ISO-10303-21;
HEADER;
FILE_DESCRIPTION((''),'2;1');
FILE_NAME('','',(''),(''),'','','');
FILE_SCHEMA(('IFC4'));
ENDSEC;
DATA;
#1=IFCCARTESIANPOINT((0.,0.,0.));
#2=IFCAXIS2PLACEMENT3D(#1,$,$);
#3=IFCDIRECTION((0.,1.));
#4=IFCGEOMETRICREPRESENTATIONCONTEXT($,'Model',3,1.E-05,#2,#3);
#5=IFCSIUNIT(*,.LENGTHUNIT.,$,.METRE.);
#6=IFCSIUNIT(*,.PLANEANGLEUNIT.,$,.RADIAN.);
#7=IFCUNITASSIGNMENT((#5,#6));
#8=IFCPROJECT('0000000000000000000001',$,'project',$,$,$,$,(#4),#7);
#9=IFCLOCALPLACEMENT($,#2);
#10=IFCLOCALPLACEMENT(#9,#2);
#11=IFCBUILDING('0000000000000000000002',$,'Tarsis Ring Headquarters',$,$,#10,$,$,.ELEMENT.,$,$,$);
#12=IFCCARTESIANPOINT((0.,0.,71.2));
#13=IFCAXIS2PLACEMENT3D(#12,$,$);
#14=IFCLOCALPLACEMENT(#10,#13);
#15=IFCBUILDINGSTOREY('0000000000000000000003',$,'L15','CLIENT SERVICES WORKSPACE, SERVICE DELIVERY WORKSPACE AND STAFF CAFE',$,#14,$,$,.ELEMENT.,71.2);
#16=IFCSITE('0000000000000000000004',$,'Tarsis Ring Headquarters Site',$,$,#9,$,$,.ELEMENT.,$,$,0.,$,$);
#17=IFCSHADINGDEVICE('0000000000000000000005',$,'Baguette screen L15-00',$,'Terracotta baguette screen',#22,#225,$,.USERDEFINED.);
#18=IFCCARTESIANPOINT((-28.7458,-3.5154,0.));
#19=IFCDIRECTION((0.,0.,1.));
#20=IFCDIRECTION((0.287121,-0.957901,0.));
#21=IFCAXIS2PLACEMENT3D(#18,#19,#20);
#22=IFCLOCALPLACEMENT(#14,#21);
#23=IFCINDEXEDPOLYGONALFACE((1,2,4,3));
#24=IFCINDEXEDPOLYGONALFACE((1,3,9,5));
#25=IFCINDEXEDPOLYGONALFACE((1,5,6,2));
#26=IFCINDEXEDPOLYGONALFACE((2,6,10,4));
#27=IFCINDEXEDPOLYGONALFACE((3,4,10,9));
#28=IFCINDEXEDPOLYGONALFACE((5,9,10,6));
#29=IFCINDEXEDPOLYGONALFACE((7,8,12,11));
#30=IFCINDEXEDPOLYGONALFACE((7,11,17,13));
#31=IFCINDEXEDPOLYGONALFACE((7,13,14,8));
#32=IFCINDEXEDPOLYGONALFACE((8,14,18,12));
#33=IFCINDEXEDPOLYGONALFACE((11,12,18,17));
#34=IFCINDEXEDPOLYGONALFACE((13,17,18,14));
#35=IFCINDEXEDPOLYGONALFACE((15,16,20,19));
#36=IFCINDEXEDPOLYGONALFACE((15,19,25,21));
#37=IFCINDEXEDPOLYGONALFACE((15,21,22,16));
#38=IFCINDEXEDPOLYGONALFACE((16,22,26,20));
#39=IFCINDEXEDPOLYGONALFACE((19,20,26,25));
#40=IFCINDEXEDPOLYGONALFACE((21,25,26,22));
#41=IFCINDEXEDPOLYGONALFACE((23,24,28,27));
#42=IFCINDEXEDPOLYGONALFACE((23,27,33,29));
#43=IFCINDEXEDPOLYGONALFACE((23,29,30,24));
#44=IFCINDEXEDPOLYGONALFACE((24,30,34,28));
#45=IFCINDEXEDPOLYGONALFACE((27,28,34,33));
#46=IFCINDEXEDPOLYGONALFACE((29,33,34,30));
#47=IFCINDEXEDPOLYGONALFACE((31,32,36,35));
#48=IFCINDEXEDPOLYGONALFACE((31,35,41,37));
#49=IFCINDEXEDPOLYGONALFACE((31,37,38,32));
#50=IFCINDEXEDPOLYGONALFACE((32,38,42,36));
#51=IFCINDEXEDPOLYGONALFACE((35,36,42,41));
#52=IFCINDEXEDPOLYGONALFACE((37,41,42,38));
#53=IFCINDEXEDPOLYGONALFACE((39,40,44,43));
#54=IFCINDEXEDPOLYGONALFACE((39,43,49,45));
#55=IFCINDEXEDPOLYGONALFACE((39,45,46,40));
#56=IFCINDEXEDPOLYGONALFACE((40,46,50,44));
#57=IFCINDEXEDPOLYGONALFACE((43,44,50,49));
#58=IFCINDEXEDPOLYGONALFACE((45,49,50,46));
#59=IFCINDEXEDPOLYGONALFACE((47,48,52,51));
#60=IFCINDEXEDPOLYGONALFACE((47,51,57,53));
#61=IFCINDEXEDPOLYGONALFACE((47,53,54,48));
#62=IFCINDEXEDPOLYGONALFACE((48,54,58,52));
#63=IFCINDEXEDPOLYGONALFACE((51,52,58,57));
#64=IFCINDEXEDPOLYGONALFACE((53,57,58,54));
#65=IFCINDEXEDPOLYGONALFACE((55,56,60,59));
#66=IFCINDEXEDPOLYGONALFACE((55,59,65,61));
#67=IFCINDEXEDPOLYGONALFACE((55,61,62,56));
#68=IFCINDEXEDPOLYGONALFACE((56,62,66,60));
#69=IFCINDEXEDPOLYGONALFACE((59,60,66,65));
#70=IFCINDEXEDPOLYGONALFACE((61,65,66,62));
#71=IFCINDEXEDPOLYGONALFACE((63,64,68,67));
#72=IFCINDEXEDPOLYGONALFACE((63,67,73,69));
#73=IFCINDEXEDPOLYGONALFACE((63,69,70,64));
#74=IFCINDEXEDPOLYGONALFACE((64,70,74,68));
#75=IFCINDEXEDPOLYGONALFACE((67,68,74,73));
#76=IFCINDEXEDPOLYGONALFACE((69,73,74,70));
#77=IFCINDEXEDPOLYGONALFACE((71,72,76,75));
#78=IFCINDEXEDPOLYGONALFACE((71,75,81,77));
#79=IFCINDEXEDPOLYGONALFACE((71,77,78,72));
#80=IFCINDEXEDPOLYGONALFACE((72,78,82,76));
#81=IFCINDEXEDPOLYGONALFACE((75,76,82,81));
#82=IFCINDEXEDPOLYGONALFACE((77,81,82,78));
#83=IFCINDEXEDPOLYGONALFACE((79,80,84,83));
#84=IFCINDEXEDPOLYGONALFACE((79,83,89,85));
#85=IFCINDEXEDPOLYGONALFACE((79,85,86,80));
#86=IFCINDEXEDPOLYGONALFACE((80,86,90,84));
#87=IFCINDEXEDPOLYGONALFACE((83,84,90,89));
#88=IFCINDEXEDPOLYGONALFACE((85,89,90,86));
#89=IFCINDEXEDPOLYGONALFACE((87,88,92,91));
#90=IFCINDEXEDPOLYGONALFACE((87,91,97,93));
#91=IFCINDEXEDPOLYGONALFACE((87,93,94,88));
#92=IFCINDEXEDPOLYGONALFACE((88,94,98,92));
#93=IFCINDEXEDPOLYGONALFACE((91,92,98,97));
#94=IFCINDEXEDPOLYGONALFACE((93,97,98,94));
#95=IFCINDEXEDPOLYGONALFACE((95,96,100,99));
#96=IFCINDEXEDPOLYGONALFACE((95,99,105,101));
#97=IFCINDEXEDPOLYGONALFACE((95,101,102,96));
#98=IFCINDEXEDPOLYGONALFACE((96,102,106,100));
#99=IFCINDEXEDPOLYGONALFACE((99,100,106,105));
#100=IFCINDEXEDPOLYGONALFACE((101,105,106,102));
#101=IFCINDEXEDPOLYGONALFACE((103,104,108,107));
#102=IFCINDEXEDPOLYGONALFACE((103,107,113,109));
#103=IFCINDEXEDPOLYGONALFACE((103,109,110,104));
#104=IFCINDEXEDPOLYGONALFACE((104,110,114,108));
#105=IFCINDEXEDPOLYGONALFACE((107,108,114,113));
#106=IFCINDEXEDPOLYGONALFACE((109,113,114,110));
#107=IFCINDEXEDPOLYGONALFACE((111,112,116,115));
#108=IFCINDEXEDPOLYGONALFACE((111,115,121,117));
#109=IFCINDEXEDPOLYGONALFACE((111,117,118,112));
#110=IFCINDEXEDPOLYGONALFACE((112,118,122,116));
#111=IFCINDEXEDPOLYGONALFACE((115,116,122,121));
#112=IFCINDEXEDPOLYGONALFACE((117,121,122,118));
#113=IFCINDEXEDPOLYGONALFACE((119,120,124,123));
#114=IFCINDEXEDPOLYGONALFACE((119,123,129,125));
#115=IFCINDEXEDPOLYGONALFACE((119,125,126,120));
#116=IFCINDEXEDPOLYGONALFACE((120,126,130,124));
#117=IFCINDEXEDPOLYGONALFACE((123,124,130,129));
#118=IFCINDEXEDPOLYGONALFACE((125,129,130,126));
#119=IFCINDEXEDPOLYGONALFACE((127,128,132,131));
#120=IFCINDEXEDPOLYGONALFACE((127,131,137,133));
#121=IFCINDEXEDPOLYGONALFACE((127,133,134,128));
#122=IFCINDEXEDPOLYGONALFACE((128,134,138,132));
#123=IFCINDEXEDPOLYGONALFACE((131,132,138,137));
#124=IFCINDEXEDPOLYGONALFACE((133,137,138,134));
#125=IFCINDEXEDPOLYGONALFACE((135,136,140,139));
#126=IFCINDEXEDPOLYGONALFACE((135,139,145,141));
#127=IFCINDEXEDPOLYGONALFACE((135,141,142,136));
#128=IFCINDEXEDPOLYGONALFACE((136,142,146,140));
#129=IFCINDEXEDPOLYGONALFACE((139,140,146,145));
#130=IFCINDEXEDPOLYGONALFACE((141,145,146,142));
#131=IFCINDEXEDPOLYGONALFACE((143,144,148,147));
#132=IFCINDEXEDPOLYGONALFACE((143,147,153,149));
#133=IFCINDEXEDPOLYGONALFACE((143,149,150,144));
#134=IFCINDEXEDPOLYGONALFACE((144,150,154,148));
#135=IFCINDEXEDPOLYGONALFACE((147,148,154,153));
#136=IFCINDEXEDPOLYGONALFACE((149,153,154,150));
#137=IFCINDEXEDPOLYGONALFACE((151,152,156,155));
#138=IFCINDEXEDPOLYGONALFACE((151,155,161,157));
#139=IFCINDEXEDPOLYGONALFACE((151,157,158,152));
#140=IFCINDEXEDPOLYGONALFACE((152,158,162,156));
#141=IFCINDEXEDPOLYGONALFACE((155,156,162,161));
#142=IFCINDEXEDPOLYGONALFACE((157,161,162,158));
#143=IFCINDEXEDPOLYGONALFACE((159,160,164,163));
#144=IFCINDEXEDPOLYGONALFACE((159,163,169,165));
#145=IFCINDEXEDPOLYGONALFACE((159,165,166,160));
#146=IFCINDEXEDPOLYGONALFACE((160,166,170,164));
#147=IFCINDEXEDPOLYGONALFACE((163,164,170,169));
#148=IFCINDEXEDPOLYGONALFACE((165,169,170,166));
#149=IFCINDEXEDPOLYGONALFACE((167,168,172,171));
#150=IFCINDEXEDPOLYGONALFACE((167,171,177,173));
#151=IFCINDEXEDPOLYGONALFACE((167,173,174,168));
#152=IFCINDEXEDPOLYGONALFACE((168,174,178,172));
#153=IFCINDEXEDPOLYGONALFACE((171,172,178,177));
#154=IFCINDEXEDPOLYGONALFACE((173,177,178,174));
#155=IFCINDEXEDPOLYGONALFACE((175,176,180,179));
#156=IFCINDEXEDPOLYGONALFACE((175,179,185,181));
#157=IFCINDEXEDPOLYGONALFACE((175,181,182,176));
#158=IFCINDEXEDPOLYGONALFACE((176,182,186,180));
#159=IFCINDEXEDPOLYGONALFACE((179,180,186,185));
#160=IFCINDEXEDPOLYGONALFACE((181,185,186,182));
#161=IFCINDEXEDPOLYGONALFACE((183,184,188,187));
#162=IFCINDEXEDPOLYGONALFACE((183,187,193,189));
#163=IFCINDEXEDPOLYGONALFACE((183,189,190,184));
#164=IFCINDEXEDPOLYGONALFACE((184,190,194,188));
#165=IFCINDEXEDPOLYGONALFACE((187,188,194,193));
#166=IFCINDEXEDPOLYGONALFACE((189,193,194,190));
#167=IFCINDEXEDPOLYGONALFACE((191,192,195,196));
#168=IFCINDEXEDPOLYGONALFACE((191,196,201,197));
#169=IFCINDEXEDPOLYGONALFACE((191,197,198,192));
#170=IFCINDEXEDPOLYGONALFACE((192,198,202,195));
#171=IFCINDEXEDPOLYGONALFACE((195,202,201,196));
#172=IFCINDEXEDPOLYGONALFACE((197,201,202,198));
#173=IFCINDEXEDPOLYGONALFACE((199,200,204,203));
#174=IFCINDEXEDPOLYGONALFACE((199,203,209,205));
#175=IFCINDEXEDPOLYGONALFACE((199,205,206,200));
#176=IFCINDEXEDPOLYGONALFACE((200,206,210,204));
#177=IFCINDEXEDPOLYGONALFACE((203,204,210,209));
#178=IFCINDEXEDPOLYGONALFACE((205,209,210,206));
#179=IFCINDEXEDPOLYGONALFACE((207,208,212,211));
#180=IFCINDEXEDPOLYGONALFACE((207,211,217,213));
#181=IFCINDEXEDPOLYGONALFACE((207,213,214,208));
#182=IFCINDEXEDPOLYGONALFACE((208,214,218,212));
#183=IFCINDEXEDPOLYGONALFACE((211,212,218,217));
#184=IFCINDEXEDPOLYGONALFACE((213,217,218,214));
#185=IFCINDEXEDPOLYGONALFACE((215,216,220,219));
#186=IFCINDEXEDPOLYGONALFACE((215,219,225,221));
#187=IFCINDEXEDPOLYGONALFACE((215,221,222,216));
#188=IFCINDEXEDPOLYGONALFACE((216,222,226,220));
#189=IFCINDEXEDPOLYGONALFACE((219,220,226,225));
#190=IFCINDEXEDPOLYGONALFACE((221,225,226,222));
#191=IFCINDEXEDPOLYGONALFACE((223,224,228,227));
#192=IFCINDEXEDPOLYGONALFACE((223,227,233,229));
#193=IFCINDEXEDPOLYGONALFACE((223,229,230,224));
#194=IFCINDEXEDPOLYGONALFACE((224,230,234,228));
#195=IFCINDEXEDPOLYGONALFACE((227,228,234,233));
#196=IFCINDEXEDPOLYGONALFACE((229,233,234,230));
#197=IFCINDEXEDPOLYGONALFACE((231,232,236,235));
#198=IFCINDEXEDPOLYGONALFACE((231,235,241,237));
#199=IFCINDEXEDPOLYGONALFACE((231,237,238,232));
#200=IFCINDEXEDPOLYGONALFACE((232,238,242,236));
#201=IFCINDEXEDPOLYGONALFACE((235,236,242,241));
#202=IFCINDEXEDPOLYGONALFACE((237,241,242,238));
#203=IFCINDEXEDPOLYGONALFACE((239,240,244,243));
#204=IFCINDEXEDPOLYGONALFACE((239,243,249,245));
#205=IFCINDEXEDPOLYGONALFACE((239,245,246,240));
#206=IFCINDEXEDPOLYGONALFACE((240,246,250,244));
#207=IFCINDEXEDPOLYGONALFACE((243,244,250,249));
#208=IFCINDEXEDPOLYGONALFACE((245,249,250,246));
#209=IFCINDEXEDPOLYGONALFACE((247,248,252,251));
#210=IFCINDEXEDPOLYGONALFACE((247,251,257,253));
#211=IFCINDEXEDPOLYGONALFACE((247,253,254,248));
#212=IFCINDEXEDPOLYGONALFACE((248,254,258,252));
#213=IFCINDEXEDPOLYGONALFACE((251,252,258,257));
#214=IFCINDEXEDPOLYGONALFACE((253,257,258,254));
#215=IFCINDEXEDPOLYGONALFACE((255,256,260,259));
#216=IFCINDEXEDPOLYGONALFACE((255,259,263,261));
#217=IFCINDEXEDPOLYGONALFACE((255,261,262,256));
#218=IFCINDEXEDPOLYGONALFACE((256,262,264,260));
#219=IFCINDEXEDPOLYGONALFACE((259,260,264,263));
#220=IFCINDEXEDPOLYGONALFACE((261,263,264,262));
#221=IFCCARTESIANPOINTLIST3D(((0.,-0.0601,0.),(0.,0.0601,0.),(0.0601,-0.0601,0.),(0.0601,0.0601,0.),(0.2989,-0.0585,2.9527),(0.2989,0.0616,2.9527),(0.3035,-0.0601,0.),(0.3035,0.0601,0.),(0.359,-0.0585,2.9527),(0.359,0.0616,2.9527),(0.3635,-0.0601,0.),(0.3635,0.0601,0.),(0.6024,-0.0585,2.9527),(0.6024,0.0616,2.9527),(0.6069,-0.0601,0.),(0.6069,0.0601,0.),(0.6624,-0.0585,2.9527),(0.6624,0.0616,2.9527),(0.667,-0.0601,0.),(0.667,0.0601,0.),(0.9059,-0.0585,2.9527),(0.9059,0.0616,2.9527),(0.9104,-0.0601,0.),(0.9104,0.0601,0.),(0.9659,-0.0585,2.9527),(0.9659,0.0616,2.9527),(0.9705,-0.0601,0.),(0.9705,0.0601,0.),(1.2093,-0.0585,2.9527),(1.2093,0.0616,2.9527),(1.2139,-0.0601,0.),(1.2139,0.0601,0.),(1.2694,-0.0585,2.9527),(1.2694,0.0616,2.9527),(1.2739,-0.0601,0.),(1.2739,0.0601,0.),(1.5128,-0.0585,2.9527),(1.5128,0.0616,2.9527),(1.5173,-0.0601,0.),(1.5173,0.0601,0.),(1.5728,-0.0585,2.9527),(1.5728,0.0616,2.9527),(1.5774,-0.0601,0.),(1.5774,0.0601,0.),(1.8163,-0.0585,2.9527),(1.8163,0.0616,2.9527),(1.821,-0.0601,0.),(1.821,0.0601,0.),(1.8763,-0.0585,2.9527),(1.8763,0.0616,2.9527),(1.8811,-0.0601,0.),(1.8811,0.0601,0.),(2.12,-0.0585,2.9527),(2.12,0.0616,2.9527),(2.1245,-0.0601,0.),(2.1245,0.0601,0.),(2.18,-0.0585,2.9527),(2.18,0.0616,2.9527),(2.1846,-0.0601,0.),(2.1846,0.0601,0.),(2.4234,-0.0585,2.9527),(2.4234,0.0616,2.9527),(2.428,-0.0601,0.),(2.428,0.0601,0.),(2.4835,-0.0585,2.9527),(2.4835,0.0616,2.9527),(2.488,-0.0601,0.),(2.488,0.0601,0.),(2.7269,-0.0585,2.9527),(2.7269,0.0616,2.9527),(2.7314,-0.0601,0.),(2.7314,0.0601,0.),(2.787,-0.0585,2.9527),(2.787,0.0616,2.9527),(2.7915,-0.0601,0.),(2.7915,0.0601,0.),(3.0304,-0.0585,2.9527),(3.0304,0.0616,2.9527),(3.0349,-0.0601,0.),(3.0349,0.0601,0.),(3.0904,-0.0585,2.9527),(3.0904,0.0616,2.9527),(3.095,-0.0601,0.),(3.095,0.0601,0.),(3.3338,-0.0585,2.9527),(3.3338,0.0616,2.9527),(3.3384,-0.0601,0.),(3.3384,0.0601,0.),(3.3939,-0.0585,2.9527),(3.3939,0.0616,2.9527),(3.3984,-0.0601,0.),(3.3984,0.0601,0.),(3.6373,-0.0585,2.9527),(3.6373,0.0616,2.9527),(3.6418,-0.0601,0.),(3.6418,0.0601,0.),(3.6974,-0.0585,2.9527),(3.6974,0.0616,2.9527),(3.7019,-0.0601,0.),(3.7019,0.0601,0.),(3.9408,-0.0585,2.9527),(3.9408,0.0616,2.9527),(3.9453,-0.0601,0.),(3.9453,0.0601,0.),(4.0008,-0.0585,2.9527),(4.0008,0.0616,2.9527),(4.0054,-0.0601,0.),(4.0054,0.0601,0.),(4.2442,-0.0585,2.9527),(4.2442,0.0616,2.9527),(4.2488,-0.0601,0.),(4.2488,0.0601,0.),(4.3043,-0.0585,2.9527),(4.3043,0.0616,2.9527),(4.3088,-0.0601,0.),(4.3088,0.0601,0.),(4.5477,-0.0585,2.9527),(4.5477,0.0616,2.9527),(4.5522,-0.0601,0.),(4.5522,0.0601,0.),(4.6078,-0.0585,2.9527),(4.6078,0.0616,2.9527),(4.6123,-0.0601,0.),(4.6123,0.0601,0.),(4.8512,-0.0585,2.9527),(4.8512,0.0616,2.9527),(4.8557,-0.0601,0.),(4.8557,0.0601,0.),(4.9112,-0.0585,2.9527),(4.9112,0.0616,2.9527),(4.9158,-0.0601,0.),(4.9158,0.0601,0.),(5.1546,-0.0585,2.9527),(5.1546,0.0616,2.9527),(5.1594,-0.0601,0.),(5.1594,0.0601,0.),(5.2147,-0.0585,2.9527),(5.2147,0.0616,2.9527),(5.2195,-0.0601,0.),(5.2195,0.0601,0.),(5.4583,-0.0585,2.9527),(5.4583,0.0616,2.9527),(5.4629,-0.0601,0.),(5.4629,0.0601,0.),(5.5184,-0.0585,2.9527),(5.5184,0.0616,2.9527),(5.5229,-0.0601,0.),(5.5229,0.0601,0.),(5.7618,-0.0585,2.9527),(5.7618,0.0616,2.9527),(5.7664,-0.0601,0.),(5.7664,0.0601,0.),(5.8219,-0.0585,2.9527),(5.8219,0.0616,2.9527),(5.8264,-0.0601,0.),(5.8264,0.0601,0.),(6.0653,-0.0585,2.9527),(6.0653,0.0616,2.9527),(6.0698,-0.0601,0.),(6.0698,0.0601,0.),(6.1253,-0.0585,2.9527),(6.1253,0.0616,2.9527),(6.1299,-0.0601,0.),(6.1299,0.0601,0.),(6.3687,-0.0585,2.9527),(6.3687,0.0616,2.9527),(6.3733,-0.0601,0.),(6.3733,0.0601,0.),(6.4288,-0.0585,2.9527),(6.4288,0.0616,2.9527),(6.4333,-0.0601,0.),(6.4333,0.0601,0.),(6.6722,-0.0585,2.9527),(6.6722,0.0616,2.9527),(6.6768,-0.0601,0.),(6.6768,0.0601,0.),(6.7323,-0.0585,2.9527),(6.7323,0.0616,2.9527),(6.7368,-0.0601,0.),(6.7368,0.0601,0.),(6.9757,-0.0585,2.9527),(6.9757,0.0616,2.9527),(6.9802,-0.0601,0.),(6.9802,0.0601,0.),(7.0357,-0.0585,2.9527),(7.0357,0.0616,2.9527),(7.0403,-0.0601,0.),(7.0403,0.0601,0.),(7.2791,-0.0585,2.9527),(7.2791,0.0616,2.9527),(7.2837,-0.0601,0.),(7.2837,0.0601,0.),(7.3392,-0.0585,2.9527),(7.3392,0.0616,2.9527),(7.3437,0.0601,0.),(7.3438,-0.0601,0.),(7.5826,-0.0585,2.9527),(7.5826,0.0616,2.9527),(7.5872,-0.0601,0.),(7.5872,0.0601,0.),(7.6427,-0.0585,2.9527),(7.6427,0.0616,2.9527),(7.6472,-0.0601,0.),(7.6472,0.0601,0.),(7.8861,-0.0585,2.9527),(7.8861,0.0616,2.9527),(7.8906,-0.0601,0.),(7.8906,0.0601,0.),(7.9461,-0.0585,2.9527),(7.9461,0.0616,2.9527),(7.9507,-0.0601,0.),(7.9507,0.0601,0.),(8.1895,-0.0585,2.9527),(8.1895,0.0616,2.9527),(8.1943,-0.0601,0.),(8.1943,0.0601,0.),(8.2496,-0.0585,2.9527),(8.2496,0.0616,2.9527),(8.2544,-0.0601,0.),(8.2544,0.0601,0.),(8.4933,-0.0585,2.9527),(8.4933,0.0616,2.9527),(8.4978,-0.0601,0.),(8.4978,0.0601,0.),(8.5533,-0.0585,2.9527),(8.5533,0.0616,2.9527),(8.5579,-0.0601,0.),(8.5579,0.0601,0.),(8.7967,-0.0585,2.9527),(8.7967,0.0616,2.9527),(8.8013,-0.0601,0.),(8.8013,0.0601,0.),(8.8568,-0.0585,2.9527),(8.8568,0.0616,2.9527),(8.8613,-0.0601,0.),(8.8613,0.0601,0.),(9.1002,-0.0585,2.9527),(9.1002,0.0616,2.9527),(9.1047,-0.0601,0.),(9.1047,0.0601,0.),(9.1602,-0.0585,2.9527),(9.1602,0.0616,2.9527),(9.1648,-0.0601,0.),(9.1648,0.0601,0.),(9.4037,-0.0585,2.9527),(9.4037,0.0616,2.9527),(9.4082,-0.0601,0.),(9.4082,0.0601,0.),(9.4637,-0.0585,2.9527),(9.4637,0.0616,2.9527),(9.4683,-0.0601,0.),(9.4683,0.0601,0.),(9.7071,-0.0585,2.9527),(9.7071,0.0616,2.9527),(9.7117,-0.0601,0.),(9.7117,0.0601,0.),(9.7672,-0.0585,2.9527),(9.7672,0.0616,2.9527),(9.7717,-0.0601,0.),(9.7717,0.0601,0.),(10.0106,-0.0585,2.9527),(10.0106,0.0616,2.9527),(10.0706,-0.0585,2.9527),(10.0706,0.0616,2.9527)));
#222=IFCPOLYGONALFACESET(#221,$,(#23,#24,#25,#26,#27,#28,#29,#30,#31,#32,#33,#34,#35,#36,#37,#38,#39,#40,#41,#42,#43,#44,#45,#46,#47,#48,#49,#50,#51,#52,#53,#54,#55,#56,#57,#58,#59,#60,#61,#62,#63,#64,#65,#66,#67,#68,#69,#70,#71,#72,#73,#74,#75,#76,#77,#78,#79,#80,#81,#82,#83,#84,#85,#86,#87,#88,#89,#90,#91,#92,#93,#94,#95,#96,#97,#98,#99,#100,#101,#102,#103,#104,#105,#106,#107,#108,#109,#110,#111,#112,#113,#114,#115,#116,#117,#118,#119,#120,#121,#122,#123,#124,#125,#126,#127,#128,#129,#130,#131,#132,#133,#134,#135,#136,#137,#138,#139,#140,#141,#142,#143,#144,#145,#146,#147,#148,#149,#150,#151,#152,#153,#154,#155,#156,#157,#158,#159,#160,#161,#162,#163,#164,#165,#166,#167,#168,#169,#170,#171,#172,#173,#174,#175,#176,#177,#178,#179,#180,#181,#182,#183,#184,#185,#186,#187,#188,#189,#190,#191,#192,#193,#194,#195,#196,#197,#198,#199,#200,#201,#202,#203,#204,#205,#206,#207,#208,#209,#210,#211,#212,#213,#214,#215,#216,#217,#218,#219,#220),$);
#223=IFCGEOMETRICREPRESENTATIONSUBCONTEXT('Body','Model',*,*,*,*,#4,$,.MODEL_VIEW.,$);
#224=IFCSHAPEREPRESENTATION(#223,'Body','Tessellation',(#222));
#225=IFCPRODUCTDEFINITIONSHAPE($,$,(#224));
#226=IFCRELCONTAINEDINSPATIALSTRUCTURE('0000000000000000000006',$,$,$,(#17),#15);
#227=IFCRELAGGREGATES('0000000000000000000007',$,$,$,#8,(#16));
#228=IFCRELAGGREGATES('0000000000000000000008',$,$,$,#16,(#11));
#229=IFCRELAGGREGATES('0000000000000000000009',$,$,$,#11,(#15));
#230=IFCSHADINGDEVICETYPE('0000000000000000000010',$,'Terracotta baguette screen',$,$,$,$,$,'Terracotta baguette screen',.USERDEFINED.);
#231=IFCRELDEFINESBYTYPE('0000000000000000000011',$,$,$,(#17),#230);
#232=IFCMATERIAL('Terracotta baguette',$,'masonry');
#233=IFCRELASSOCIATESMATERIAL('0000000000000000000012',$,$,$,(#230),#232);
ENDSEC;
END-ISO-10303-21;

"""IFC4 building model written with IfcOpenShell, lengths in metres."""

from ifc_helpers import new_model, si_unit, direction, frame, frame_2d, origin, place, context, subcontext, project, spatial, rectangle, composite_profile, extrude, material, type_object, element, save


model = new_model("IFC4")

# Units and contexts
model_context = context("Model", 3, precision=1e-05, world=origin(), true_north=direction((0.0, 1.0)))
body_context = subcontext(model_context, "Body", "Model", "MODEL_VIEW")
ifc_project = project(units=[si_unit("LENGTHUNIT", "METRE"), si_unit("PLANEANGLEUNIT", "RADIAN")], contexts=[model_context])

# Site, building, storey
site_placement = place(None, origin())
site = spatial("IfcSite", under=ifc_project, at=site_placement, Name="Tarsis Ring Headquarters Site", CompositionType="ELEMENT", RefElevation=0.0)
building_placement = place(site_placement, origin())
building = spatial("IfcBuilding", under=site, at=building_placement, Name="Tarsis Ring Headquarters", CompositionType="ELEMENT")
storey_placement = place(building_placement, frame((0.0, 0.0, 71.2)))
storey = spatial("IfcBuildingStorey", under=building, at=storey_placement, Name="L15", Description="CLIENT SERVICES WORKSPACE, SERVICE DELIVERY WORKSPACE AND STAFF CAFE", CompositionType="ELEMENT", Elevation=71.2)

# Shading device
ifc_material_1 = material(Name="Terracotta baguette", Category="masonry")
shading_device_type = type_object("IfcShadingDeviceType", Name="Terracotta baguette screen", ElementType="Terracotta baguette screen", PredefinedType="USERDEFINED", material=ifc_material_1)
shading_device_placement = place(storey_placement, frame((-28.7458, -3.5154, 0.0), z_axis=(0.0, 0.0, 1.0), x_axis=(0.287121, -0.957901, 0.0)))
element("IfcShadingDevice", 1, at=shading_device_placement, inside=storey, type_object=shading_device_type, Name="Baguette screen L15-00", ObjectType="Terracotta baguette screen", PredefinedType="USERDEFINED", context=body_context, shape_type="SweptSolid", body=[
    extrude(composite_profile([rectangle(XDim=0.0601, YDim=0.1201, at=frame_2d((0.03, 0.0))), rectangle(XDim=0.0601, YDim=0.1201, at=frame_2d((0.3335, 0.0))), rectangle(XDim=0.0601, YDim=0.1201, at=frame_2d((0.637, 0.0))), rectangle(XDim=0.0601, YDim=0.1201, at=frame_2d((0.9404, 0.0))), rectangle(XDim=0.0601, YDim=0.1201, at=frame_2d((1.2439, 0.0))), rectangle(XDim=0.0601, YDim=0.1201, at=frame_2d((1.5474, 0.0))), rectangle(XDim=0.0601, YDim=0.1201, at=frame_2d((1.8511, 0.0))), rectangle(XDim=0.0601, YDim=0.1201, at=frame_2d((2.1545, 0.0))), rectangle(XDim=0.0601, YDim=0.1201, at=frame_2d((2.458, 0.0))), rectangle(XDim=0.0601, YDim=0.1201, at=frame_2d((2.7615, 0.0))), rectangle(XDim=0.0601, YDim=0.1201, at=frame_2d((3.0649, 0.0))), rectangle(XDim=0.0601, YDim=0.1201, at=frame_2d((3.3684, 0.0))), rectangle(XDim=0.0601, YDim=0.1201, at=frame_2d((3.6719, 0.0))), rectangle(XDim=0.0601, YDim=0.1201, at=frame_2d((3.9753, 0.0))), rectangle(XDim=0.0601, YDim=0.1201, at=frame_2d((4.2788, 0.0))), rectangle(XDim=0.0601, YDim=0.1201, at=frame_2d((4.5823, 0.0))), rectangle(XDim=0.0601, YDim=0.1201, at=frame_2d((4.8857, 0.0))), rectangle(XDim=0.0601, YDim=0.1201, at=frame_2d((5.1895, 0.0))), rectangle(XDim=0.0601, YDim=0.1201, at=frame_2d((5.4929, 0.0))), rectangle(XDim=0.0601, YDim=0.1201, at=frame_2d((5.7964, 0.0))), rectangle(XDim=0.0601, YDim=0.1201, at=frame_2d((6.0999, 0.0))), rectangle(XDim=0.0601, YDim=0.1201, at=frame_2d((6.4033, 0.0))), rectangle(XDim=0.0601, YDim=0.1201, at=frame_2d((6.7068, 0.0))), rectangle(XDim=0.0601, YDim=0.1201, at=frame_2d((7.0103, 0.0))), rectangle(XDim=0.0601, YDim=0.1201, at=frame_2d((7.3137, 0.0))), rectangle(XDim=0.0601, YDim=0.1201, at=frame_2d((7.6172, 0.0))), rectangle(XDim=0.0601, YDim=0.1201, at=frame_2d((7.9207, 0.0))), rectangle(XDim=0.0601, YDim=0.1201, at=frame_2d((8.2244, 0.0))), rectangle(XDim=0.0601, YDim=0.1201, at=frame_2d((8.5278, 0.0))), rectangle(XDim=0.0601, YDim=0.1201, at=frame_2d((8.8313, 0.0))), rectangle(XDim=0.0601, YDim=0.1201, at=frame_2d((9.1348, 0.0))), rectangle(XDim=0.0601, YDim=0.1201, at=frame_2d((9.4382, 0.0))), rectangle(XDim=0.0601, YDim=0.1201, at=frame_2d((9.7417, 0.0)))]), origin(), (0.100722, 0.000526, 0.994914), 2.9678),
])

save(model, "model.ifc")
